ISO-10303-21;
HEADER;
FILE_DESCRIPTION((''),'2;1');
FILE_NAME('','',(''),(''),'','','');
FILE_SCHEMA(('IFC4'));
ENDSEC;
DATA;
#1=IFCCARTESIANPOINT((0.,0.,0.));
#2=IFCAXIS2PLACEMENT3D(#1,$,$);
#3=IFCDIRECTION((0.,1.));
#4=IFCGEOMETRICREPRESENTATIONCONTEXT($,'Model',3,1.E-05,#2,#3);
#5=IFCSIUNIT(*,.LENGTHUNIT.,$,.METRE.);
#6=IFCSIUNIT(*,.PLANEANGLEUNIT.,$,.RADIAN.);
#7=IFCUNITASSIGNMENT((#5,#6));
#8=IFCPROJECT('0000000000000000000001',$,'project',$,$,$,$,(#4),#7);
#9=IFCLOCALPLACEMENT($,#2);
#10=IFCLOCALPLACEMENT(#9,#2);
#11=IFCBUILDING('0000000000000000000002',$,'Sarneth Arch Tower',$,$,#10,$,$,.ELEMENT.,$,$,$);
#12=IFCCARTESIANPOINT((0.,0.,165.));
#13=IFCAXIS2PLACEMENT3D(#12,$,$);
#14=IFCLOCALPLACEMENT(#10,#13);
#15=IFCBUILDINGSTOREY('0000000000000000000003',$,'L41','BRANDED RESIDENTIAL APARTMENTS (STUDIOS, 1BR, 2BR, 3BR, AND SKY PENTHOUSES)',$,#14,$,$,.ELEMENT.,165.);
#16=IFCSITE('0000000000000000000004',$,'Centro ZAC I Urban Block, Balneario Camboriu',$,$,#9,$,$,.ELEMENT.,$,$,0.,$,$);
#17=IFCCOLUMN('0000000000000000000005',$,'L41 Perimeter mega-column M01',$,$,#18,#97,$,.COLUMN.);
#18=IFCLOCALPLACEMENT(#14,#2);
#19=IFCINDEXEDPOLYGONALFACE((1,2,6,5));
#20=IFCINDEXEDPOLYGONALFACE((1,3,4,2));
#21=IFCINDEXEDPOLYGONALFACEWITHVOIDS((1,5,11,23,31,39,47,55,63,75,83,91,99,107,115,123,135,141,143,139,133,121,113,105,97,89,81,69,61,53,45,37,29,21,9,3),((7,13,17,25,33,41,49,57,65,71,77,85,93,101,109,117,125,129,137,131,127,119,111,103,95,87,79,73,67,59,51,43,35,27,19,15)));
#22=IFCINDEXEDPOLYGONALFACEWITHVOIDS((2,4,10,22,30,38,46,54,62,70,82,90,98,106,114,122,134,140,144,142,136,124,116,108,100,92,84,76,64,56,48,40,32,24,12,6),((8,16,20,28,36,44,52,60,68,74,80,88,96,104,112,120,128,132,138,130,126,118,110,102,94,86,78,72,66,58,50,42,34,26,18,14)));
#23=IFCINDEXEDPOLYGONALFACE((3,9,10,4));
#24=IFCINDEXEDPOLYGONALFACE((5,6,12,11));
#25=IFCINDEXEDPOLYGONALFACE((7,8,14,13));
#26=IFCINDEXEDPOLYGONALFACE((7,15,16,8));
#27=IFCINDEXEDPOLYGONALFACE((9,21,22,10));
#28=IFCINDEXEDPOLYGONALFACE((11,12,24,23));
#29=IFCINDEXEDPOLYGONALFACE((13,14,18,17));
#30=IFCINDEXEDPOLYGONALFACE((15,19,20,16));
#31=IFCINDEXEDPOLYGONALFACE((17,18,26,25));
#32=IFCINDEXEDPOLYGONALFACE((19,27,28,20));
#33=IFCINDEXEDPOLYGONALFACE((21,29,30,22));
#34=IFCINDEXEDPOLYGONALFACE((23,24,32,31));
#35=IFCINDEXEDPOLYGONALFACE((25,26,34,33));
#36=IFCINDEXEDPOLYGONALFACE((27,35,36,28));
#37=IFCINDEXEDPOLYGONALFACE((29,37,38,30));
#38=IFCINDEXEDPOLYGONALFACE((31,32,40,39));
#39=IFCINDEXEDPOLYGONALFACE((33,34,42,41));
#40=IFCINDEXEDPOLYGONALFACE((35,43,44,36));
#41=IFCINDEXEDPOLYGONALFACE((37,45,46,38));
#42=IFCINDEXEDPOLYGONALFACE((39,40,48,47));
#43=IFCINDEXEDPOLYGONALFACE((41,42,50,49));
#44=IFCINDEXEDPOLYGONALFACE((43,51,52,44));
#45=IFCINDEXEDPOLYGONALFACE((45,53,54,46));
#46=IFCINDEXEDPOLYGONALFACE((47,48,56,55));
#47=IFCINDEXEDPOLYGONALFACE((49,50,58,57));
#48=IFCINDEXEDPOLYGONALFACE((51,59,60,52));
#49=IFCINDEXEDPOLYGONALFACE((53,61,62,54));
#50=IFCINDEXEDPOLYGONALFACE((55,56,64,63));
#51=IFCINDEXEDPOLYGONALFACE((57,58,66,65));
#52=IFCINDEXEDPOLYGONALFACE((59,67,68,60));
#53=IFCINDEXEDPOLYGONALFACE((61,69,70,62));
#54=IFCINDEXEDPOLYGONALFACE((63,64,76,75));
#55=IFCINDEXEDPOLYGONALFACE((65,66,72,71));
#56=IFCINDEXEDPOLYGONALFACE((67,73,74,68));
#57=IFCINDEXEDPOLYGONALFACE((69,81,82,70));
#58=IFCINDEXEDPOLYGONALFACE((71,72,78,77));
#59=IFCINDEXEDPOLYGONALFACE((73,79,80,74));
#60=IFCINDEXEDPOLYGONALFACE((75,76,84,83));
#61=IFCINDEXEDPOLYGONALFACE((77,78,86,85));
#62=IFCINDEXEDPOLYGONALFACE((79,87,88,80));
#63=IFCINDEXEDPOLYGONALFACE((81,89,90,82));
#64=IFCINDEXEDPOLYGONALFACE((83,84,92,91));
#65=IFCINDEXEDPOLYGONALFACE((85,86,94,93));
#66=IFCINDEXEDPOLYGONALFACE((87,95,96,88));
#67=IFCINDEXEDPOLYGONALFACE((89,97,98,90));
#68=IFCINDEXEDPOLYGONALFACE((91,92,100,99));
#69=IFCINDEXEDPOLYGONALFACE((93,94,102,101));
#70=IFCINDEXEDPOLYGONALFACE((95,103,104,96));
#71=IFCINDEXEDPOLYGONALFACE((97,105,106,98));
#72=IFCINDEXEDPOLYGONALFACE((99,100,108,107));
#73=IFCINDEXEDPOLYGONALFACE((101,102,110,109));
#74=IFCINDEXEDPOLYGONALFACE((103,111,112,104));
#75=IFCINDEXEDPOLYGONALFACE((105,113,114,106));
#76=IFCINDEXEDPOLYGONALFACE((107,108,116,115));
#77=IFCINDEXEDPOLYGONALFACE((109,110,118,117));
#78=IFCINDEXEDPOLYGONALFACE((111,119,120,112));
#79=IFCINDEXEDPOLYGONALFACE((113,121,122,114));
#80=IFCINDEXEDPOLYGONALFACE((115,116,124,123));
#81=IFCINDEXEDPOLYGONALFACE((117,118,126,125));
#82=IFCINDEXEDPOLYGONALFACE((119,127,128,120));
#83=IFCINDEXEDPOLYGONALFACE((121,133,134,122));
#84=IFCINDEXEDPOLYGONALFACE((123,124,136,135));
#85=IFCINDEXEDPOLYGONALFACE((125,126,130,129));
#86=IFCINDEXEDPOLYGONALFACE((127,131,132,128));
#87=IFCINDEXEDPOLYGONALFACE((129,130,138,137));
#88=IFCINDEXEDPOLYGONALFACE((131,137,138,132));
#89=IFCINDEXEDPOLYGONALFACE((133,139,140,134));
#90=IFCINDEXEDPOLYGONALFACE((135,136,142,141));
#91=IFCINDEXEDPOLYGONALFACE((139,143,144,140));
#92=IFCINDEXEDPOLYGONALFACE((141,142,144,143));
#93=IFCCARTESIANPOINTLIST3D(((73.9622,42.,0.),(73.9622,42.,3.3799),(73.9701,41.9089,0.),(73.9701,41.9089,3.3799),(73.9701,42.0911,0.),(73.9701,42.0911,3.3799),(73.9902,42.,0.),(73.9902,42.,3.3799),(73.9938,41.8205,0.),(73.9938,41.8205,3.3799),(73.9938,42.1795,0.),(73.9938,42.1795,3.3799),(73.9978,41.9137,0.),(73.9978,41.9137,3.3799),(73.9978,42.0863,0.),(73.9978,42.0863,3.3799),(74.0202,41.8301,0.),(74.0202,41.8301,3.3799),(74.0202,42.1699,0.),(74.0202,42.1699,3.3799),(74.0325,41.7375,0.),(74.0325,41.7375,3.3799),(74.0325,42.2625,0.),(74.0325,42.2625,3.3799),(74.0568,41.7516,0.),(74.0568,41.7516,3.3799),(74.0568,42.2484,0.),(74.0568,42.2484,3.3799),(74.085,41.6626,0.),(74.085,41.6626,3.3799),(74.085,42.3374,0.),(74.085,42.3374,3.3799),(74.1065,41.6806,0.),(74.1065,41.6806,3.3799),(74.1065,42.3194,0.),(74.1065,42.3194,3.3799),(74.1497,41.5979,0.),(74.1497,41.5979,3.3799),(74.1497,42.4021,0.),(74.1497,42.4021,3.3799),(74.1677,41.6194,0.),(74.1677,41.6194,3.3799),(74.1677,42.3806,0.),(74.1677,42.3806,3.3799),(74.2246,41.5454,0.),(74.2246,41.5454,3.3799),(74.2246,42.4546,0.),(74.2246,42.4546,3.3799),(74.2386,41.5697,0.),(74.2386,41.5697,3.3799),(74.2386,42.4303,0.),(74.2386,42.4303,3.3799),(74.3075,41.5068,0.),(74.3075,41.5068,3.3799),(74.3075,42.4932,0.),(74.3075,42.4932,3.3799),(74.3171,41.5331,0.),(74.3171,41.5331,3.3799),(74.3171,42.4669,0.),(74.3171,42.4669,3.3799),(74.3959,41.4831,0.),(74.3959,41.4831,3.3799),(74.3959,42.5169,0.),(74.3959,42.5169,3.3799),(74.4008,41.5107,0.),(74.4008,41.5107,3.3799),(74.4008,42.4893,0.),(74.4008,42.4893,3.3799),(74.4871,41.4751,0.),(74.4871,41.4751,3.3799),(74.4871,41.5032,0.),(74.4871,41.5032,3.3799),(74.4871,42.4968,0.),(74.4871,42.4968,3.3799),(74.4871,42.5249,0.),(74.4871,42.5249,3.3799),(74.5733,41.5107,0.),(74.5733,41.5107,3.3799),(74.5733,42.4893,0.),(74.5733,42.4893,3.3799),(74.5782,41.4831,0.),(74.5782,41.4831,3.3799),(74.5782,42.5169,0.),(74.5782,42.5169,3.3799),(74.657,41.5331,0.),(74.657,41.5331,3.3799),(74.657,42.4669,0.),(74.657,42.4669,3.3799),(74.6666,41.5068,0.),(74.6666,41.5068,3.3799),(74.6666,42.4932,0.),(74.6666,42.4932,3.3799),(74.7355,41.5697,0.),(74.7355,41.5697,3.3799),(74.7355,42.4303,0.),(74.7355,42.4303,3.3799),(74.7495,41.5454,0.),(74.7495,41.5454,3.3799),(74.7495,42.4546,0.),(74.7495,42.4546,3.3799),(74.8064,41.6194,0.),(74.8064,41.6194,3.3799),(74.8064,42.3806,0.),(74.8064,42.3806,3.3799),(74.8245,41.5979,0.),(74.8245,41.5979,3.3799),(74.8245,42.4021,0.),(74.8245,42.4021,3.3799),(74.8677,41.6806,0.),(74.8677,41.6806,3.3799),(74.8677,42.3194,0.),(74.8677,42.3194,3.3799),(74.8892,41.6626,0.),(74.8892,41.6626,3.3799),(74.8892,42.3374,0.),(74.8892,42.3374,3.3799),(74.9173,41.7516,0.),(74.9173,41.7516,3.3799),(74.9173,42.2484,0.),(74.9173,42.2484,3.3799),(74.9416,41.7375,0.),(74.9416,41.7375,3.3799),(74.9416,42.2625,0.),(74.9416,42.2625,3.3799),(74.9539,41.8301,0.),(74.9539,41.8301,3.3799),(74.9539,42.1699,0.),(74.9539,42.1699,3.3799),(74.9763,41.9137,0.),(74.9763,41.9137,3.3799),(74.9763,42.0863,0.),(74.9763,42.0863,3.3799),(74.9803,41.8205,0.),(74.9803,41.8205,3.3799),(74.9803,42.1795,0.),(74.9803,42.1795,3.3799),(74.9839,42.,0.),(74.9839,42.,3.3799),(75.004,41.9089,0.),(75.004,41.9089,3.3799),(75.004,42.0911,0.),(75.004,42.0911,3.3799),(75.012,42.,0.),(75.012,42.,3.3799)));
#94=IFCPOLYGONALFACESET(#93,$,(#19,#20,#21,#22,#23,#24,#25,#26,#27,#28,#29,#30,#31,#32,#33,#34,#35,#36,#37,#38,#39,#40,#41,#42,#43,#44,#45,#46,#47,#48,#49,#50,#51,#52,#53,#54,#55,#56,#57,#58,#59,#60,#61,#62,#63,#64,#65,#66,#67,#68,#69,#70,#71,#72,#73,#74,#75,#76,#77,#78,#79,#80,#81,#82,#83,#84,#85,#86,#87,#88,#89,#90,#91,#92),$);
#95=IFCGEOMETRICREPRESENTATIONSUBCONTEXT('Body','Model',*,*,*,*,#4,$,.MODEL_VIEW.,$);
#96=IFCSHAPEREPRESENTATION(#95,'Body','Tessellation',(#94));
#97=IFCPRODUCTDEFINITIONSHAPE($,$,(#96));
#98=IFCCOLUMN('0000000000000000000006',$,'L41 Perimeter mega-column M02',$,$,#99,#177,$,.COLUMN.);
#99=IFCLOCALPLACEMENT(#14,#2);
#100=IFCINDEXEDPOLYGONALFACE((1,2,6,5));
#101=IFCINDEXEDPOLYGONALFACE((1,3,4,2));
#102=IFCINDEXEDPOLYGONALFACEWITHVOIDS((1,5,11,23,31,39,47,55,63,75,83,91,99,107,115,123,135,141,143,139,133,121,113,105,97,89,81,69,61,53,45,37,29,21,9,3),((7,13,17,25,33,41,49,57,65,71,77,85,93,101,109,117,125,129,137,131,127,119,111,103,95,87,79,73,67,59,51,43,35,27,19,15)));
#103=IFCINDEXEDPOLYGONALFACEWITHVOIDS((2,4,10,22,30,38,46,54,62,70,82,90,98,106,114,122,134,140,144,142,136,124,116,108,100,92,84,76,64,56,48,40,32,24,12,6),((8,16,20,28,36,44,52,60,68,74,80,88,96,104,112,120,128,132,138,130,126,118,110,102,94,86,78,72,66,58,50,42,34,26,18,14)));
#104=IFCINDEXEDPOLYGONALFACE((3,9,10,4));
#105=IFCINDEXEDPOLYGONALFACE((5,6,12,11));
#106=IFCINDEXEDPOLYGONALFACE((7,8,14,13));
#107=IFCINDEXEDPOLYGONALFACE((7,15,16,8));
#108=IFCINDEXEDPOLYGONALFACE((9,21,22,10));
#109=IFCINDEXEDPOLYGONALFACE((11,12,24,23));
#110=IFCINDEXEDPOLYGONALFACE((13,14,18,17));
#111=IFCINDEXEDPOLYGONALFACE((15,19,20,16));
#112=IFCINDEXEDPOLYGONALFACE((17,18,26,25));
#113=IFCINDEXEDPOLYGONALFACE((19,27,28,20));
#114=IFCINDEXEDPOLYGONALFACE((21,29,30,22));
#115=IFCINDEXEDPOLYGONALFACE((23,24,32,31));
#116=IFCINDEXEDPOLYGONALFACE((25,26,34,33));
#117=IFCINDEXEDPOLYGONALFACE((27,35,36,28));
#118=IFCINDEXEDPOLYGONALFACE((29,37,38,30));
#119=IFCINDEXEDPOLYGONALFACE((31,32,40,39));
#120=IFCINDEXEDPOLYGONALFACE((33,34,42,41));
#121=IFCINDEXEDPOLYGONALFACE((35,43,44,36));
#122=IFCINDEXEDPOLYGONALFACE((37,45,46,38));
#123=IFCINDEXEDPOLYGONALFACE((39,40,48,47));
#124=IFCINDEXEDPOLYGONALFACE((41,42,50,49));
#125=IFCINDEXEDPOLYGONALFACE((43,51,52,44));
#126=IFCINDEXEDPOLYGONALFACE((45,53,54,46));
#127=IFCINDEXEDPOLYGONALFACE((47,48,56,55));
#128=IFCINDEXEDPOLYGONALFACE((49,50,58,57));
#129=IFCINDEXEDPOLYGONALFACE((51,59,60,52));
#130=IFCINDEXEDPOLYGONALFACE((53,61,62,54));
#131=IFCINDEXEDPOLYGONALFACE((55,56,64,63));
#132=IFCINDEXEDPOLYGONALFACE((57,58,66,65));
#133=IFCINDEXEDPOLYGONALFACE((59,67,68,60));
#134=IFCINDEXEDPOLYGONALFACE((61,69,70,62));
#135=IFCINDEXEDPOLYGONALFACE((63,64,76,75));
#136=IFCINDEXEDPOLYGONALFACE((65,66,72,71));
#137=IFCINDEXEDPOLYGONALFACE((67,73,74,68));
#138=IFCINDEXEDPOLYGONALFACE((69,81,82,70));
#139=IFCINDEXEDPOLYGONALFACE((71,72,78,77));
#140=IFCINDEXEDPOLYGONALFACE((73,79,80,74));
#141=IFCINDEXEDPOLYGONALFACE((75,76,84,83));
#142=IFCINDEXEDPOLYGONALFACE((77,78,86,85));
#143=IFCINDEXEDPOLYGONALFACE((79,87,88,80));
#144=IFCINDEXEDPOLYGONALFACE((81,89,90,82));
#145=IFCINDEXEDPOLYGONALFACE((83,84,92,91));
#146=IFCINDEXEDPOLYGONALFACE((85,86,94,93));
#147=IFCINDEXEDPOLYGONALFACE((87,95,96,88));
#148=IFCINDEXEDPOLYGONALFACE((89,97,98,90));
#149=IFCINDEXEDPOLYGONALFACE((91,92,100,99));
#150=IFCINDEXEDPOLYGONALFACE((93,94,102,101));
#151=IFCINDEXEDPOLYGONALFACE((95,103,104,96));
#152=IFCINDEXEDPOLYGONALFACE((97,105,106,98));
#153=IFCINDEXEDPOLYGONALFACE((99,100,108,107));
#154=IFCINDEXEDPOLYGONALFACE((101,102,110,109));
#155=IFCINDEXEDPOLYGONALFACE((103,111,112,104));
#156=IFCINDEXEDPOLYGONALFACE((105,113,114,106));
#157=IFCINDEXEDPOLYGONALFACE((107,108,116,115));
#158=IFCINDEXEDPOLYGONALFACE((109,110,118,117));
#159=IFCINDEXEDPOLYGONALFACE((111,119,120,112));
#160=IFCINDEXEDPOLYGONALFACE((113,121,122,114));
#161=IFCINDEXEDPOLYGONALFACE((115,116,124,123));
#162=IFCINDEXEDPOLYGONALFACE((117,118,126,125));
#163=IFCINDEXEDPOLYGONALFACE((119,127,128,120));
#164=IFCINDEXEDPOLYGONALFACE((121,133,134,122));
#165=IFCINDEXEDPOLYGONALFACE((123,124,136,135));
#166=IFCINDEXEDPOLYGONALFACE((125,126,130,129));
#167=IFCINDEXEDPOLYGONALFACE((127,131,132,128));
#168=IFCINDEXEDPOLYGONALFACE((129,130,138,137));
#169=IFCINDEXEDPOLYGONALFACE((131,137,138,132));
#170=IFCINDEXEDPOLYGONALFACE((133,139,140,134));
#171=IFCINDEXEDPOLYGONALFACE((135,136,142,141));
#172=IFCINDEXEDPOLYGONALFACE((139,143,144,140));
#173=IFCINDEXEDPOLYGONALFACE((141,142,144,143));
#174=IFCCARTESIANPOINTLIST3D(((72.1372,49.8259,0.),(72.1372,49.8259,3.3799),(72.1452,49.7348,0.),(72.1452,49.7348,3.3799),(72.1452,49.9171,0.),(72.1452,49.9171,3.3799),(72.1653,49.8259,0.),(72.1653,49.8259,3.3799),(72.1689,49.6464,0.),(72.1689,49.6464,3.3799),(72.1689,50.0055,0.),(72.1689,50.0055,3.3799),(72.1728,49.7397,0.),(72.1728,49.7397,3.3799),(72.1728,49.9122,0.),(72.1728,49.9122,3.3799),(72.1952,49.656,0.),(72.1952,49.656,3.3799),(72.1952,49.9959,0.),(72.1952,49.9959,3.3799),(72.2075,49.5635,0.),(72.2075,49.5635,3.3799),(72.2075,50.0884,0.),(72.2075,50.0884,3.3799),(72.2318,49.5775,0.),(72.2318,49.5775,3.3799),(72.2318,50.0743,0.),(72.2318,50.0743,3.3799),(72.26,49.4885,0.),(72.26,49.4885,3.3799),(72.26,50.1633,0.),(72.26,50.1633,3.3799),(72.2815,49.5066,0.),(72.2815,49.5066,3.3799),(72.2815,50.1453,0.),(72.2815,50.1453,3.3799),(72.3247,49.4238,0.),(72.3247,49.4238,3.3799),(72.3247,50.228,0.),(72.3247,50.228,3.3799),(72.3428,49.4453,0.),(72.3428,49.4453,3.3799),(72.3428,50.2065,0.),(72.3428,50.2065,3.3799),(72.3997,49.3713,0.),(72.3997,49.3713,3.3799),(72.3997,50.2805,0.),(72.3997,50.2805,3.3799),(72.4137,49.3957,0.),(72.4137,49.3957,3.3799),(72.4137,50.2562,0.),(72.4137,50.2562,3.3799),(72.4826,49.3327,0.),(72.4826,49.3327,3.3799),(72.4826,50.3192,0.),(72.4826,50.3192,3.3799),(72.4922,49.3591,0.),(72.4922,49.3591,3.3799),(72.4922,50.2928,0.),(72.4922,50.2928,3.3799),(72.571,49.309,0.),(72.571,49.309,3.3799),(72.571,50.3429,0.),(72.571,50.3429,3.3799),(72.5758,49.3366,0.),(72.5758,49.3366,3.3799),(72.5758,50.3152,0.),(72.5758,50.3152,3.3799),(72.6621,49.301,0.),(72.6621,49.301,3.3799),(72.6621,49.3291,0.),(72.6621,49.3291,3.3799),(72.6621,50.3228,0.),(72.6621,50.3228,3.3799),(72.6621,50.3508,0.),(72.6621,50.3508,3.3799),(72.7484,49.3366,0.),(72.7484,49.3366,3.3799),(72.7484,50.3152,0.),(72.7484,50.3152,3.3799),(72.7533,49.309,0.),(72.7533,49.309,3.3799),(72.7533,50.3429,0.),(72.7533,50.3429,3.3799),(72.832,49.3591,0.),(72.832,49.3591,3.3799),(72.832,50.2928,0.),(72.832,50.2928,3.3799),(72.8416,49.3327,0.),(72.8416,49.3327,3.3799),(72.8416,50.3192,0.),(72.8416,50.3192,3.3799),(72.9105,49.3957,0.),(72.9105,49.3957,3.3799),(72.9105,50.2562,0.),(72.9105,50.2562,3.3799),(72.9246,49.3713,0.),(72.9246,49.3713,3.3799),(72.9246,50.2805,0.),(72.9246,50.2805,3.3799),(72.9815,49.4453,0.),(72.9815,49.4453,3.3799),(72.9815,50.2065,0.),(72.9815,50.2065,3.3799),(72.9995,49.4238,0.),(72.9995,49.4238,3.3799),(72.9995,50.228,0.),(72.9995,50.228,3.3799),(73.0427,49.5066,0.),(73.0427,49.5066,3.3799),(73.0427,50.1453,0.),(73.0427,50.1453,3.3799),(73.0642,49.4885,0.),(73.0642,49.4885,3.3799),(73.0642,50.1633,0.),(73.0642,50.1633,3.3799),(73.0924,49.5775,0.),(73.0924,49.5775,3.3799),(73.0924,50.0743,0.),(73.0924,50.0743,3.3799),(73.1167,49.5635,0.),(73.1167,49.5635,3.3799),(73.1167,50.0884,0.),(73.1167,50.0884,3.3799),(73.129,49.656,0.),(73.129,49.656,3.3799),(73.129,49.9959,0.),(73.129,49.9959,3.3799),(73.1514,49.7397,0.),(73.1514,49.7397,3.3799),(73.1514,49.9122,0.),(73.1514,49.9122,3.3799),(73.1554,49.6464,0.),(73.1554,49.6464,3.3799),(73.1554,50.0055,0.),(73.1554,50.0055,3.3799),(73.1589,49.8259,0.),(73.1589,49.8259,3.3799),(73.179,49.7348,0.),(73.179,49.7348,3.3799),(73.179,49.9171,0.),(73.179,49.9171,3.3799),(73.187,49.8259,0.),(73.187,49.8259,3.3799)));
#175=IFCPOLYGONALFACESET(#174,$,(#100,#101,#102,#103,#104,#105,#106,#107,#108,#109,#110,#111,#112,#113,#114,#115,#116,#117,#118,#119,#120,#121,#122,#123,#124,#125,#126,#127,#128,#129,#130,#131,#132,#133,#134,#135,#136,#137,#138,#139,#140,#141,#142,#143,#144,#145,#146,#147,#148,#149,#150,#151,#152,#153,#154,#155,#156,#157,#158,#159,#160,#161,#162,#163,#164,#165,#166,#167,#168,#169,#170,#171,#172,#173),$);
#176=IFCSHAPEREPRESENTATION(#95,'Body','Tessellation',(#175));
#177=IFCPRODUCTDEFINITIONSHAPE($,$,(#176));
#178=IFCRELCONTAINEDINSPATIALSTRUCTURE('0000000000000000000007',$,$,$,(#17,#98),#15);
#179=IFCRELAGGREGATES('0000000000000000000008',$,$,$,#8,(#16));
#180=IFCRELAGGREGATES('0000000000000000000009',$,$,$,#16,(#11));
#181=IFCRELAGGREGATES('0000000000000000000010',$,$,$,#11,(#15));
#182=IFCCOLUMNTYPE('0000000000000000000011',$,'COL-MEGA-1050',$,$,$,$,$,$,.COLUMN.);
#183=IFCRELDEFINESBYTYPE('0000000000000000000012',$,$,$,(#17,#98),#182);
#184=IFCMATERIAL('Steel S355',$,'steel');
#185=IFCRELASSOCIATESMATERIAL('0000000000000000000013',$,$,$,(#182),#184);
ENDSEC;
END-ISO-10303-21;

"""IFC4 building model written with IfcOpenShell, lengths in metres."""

from ifc_helpers import new_model, si_unit, direction, frame, origin, origin_2d, place, context, subcontext, project, spatial, hollow_circle, extrude, material, material_profile, profile_set, type_object, element, save


model = new_model("IFC4")

# Units and contexts
model_context = context("Model", 3, precision=1e-05, world=origin(), true_north=direction((0.0, 1.0)))
body_context = subcontext(model_context, "Body", "Model", "MODEL_VIEW")
ifc_project = project(units=[si_unit("LENGTHUNIT", "METRE"), si_unit("PLANEANGLEUNIT", "RADIAN")], contexts=[model_context])

# Site, building, storey
site_placement = place(None, origin())
site = spatial("IfcSite", under=ifc_project, at=site_placement, Name="Centro ZAC I Urban Block, Balneario Camboriu", CompositionType="ELEMENT", RefElevation=0.0)
building_placement = place(site_placement, origin())
building = spatial("IfcBuilding", under=site, at=building_placement, Name="Sarneth Arch Tower", CompositionType="ELEMENT")
storey_placement = place(building_placement, frame((0.0, 0.0, 165.0)))
storey = spatial("IfcBuildingStorey", under=building, at=storey_placement, Name="L41", Description="BRANDED RESIDENTIAL APARTMENTS (STUDIOS, 1BR, 2BR, 3BR, AND SKY PENTHOUSES)", CompositionType="ELEMENT", Elevation=165.0)

# Columns
ifc_material_1 = material(Name="Steel S355", Category="steel")
ifc_material_profile_1 = material_profile(ifc_material_1, hollow_circle(Radius=0.5249, WallThickness=0.0281, at=origin_2d()), Name="CHS1050x28")
ifc_profile_set_1 = profile_set([ifc_material_profile_1], Name="Steel S355")
column_type = type_object("IfcColumnType", Name="COL-MEGA-1050", PredefinedType="COLUMN", material=ifc_profile_set_1)
for number, where, z_axis, x_axis, name in (
    (1, (74.4871, 42.0, 0.0), (0.0, 0.0, 1.0), (1.0, 0.0, 0.0), "L41 Perimeter mega-column M01"),
    (2, (72.6621, 49.8259, 0.0), (0.0, 0.0, 1.0), (1.0, 0.0, 0.0), "L41 Perimeter mega-column M02"),
):
    element("IfcColumn", number, at=place(storey_placement, frame(where, z_axis=z_axis, x_axis=x_axis)), inside=storey, type_object=column_type, Name=name, PredefinedType="COLUMN", context=body_context, shape_type="SweptSolid", body=[
        extrude(hollow_circle(Radius=0.5249, WallThickness=0.0281, at=origin_2d()), origin(), (0.0, 0.0, 1.0), 3.3799),
    ])

save(model, "model.ifc")
